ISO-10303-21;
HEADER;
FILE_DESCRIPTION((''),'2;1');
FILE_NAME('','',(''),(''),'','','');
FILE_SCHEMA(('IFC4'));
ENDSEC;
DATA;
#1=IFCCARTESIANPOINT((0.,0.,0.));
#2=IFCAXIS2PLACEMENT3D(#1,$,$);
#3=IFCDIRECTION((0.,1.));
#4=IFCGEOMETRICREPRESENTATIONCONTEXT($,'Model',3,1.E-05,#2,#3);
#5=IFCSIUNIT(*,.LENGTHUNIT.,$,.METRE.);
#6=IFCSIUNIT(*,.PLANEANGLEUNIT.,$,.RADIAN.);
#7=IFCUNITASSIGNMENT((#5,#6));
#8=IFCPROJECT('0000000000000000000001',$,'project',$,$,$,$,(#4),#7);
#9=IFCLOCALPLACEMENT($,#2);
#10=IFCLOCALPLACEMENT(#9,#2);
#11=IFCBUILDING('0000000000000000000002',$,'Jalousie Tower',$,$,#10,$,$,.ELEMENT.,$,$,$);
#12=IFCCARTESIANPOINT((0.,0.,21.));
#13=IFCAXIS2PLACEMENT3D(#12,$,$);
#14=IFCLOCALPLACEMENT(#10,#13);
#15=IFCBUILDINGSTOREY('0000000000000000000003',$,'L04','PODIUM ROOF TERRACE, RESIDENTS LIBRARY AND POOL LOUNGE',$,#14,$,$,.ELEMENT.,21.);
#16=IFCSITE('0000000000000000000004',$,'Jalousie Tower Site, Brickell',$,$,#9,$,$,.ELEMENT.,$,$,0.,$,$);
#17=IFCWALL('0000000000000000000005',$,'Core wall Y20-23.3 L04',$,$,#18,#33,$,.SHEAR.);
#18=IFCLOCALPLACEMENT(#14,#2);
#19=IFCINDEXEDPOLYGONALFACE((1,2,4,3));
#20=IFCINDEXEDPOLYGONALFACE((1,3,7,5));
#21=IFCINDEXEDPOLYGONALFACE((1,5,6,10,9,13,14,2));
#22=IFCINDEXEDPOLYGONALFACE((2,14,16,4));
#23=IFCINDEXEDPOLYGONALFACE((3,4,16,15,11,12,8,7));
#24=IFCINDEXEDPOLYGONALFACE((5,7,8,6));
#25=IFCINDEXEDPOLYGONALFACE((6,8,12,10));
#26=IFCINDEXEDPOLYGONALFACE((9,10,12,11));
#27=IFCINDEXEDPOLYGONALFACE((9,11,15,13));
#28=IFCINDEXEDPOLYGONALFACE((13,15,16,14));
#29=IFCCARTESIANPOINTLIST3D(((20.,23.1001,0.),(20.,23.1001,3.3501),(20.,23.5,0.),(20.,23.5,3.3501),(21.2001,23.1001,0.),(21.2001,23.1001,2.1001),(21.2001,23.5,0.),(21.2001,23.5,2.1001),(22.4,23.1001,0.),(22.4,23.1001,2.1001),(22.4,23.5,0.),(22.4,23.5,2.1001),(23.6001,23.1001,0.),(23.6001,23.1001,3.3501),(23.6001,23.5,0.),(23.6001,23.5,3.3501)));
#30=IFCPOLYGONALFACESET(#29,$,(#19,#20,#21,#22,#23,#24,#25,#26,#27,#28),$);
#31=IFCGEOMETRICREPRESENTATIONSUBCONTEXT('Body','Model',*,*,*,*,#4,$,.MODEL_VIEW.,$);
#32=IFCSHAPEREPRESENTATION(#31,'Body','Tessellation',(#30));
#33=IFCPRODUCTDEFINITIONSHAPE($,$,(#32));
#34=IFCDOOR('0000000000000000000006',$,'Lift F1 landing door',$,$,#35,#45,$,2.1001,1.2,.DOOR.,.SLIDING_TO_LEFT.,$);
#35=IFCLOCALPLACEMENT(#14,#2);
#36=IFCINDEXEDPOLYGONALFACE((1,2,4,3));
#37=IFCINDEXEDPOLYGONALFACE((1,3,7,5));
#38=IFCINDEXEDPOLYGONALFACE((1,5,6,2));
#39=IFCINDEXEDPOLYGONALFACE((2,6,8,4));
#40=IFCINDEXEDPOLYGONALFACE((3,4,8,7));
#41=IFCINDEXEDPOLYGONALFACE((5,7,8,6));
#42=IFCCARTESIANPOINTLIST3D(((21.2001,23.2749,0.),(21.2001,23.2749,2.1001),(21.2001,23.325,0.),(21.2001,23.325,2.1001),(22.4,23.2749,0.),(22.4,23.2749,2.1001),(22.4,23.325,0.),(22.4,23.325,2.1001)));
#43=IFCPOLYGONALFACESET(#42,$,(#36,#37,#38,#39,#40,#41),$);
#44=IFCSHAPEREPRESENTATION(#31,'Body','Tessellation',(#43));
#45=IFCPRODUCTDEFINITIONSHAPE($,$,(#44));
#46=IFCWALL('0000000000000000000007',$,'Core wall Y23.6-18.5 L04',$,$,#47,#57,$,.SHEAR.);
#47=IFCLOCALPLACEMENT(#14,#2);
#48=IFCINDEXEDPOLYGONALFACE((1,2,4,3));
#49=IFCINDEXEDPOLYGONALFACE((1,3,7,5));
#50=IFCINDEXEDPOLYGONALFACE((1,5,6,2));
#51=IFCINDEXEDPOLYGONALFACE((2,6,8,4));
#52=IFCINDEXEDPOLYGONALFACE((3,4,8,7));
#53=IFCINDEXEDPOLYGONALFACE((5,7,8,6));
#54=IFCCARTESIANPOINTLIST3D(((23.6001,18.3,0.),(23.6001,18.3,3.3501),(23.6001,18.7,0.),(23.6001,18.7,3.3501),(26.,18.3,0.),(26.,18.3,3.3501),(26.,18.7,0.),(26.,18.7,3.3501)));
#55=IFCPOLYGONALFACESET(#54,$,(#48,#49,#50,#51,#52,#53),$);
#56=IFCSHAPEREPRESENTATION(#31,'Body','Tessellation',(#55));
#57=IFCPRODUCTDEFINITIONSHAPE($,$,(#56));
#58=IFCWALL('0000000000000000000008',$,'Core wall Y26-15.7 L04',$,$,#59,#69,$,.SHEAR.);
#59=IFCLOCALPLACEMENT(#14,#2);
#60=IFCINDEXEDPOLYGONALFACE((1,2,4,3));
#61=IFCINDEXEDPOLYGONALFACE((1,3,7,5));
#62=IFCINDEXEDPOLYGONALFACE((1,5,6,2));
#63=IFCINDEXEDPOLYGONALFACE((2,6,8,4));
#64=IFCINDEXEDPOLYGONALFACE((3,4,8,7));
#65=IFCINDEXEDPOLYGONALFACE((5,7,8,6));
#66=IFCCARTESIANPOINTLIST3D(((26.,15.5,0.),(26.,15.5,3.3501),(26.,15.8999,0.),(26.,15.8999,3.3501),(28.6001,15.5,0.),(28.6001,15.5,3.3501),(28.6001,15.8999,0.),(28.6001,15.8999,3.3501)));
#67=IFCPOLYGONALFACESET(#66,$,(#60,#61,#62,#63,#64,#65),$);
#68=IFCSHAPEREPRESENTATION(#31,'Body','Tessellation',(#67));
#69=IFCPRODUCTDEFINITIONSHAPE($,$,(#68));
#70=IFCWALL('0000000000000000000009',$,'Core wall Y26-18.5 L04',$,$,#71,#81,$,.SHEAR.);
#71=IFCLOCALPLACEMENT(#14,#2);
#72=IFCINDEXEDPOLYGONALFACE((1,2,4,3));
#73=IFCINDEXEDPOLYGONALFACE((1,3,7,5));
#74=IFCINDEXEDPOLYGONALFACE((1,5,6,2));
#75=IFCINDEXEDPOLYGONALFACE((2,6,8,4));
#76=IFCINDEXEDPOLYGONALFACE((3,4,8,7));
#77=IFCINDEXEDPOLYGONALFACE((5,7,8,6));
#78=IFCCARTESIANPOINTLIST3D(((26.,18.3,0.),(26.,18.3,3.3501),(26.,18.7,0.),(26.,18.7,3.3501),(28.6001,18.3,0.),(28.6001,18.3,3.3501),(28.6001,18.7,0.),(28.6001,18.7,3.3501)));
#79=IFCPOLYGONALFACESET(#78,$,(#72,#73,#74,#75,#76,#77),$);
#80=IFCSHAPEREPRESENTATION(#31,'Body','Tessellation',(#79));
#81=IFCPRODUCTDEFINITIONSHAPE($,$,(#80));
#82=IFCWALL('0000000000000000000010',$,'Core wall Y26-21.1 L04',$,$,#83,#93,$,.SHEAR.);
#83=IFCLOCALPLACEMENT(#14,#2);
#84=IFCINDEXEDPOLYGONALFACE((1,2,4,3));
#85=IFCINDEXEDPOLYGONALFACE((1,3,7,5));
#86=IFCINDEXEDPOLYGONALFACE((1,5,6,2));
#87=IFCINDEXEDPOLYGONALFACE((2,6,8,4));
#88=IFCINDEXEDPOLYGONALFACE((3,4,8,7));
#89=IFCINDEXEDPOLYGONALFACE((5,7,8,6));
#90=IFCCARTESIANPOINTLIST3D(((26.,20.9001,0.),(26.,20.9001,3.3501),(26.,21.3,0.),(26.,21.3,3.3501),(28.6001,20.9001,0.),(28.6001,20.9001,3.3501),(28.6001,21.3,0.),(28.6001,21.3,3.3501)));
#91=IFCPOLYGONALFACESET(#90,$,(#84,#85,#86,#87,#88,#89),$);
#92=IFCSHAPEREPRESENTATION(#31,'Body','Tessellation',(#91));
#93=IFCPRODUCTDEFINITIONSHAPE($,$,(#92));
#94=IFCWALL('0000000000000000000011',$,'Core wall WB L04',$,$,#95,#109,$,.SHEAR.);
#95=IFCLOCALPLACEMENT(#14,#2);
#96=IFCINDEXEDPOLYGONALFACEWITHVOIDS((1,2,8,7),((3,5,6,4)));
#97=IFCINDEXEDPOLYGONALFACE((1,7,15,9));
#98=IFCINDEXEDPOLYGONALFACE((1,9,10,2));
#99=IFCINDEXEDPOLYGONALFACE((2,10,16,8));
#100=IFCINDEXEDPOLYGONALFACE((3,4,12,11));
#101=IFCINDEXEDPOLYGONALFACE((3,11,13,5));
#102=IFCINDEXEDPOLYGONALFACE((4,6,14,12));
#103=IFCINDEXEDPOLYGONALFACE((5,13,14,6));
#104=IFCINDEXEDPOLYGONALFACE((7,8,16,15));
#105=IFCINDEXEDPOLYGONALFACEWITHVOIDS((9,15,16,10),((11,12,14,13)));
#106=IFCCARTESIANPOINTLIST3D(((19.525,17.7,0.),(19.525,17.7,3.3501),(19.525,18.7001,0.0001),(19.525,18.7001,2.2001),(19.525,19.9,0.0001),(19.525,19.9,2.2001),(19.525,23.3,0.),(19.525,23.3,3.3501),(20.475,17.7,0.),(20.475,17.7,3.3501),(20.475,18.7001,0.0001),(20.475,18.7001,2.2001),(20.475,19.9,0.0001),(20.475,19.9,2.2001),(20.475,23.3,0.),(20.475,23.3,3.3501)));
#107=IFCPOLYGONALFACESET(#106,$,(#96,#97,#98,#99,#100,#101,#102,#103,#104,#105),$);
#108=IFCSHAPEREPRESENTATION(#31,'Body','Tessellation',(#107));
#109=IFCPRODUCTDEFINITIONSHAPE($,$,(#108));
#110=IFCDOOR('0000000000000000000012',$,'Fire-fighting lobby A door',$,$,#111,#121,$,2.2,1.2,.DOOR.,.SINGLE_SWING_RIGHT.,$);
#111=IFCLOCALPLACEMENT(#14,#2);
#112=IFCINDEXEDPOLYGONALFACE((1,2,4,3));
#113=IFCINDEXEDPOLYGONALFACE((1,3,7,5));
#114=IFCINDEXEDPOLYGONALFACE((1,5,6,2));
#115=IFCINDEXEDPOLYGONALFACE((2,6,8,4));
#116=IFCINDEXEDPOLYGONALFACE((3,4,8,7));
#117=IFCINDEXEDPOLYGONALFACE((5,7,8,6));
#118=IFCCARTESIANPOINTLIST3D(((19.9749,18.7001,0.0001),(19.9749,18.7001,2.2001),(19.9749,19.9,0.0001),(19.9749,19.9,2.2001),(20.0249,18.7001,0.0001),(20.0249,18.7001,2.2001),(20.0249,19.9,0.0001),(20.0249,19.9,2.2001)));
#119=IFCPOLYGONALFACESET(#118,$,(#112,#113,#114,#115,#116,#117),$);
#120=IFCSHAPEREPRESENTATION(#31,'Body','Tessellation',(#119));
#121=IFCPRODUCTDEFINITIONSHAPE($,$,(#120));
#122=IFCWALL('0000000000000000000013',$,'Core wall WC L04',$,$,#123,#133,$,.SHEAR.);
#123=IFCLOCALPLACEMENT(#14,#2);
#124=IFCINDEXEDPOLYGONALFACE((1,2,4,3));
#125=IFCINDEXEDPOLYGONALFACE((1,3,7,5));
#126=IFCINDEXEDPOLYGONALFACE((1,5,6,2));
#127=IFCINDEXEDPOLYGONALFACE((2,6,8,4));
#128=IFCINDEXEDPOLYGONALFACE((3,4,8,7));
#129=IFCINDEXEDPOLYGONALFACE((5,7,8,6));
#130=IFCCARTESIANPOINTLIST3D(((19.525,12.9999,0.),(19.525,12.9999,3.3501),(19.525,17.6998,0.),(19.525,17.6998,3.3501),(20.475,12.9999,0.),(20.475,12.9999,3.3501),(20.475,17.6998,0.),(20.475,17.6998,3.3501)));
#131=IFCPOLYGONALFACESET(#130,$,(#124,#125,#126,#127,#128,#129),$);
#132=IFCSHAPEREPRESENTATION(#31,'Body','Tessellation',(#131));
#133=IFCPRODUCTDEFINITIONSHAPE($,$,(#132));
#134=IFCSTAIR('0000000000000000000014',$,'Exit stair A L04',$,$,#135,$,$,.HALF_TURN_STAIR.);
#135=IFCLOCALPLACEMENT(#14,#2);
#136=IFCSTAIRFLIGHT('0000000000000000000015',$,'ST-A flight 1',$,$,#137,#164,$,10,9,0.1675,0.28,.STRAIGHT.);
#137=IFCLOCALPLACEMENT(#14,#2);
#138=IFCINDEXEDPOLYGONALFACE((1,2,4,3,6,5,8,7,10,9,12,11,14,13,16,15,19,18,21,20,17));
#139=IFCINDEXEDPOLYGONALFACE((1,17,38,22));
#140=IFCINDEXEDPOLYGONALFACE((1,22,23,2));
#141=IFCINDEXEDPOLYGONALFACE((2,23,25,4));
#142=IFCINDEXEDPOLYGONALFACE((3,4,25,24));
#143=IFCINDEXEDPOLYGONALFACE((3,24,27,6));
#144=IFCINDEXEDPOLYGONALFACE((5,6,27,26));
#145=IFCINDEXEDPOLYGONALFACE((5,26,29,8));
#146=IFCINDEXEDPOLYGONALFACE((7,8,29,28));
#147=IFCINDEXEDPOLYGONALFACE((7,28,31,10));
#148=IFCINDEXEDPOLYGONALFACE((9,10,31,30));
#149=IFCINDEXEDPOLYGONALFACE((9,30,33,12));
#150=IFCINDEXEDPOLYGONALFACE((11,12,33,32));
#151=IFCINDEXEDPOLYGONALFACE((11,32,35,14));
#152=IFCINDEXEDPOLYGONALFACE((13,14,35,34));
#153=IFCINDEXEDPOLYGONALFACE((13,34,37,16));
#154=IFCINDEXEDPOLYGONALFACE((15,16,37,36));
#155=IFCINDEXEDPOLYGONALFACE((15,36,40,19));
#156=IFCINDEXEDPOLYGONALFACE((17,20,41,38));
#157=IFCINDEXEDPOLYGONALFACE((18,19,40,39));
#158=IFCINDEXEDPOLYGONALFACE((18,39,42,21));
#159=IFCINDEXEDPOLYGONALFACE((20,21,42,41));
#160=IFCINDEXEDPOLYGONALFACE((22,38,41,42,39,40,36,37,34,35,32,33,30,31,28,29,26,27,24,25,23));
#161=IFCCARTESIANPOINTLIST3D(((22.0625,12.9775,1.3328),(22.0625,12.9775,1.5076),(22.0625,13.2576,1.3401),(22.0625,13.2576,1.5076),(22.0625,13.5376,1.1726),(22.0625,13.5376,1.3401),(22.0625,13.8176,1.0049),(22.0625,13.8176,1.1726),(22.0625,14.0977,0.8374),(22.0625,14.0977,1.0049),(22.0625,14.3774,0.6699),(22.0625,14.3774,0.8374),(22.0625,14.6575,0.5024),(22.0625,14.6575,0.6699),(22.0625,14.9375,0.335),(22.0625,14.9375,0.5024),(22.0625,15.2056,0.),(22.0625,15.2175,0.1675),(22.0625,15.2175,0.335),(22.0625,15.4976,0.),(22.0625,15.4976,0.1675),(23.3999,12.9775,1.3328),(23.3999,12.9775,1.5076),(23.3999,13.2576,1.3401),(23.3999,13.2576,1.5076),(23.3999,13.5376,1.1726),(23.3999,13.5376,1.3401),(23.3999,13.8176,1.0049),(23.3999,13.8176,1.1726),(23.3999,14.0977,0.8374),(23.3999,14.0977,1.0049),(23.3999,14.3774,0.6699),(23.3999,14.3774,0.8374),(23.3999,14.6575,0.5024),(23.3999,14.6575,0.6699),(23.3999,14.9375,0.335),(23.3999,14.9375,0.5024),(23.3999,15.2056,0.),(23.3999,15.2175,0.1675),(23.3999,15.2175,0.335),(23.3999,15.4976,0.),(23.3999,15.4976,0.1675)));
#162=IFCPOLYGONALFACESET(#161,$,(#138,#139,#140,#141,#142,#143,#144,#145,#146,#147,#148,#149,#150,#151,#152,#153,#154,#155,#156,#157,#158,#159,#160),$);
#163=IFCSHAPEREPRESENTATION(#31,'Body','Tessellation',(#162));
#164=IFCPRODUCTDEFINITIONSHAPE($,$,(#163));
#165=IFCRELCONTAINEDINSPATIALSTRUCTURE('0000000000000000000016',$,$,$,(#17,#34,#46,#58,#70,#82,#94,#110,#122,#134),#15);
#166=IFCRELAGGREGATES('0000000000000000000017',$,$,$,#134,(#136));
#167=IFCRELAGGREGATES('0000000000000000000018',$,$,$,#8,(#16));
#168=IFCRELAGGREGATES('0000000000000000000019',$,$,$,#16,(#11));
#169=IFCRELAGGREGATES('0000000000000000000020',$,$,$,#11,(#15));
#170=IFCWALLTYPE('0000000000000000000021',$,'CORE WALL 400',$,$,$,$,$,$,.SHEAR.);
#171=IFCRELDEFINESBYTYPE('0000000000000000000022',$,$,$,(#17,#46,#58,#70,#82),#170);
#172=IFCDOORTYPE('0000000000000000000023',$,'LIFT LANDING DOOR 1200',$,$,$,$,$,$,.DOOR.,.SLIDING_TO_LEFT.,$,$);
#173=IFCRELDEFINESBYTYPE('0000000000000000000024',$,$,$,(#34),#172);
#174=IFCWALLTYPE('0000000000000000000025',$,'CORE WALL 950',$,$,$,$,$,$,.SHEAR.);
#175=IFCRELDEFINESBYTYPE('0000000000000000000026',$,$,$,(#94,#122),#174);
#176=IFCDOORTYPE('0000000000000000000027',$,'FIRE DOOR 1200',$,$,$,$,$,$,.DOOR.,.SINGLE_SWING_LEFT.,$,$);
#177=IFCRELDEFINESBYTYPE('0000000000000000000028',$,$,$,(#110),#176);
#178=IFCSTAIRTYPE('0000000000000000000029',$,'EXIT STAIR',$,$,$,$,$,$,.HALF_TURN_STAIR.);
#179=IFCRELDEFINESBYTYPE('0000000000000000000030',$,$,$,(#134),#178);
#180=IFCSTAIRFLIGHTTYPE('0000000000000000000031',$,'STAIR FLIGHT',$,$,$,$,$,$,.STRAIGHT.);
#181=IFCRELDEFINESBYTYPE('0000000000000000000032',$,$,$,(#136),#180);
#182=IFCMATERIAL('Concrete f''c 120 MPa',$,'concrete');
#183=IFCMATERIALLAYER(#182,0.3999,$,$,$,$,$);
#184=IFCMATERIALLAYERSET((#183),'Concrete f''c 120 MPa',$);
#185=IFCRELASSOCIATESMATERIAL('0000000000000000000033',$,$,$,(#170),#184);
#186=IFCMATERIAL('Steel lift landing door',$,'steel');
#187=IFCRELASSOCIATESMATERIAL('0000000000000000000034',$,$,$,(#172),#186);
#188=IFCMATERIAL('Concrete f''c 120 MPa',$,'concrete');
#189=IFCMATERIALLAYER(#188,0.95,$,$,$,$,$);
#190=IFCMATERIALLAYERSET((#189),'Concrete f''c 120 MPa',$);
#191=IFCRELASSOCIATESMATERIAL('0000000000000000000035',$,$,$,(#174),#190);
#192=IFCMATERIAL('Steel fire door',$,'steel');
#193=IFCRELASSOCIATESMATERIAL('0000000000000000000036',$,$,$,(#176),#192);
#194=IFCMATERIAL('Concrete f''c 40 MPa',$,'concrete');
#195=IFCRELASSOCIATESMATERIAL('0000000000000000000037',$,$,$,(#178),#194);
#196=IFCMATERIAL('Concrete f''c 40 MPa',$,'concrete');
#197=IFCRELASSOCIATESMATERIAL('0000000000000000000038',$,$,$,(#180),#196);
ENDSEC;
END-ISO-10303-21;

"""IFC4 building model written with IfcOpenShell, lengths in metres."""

from ifc_helpers import new_model, si_unit, direction, frame, frame_2d, origin, place, context, subcontext, project, spatial, polyline, rectangle, outline, extrude, material, layer, layer_set, type_object, element, fill, aggregate, save


model = new_model("IFC4")

# Units and contexts
model_context = context("Model", 3, precision=1e-05, world=origin(), true_north=direction((0.0, 1.0)))
body_context = subcontext(model_context, "Body", "Model", "MODEL_VIEW")
ifc_project = project(units=[si_unit("LENGTHUNIT", "METRE"), si_unit("PLANEANGLEUNIT", "RADIAN")], contexts=[model_context])

# Site, building, storey
site_placement = place(None, origin())
site = spatial("IfcSite", under=ifc_project, at=site_placement, Name="Jalousie Tower Site, Brickell", CompositionType="ELEMENT", RefElevation=0.0)
building_placement = place(site_placement, origin())
building = spatial("IfcBuilding", under=site, at=building_placement, Name="Jalousie Tower", CompositionType="ELEMENT")
storey_placement = place(building_placement, frame((0.0, 0.0, 21.0)))
storey = spatial("IfcBuildingStorey", under=building, at=storey_placement, Name="L04", Description="PODIUM ROOF TERRACE, RESIDENTS LIBRARY AND POOL LOUNGE", CompositionType="ELEMENT", Elevation=21.0)

# Shared definitions
ifc_material_1 = material(Name="Concrete f'c 120 MPa", Category="concrete")
ifc_layer_1 = layer(ifc_material_1, 0.3999)
ifc_layer_set_1 = layer_set([ifc_layer_1], Name="Concrete f'c 120 MPa")
wall_type_1 = type_object("IfcWallType", Name="CORE WALL 400", PredefinedType="SHEAR", material=ifc_layer_set_1)

# Wall, opening, door
wall_1_placement = place(storey_placement, frame((20.0, 23.3, 0.0), z_axis=(0.0, 0.0, 1.0), x_axis=(1.0, 0.0, 0.0)))
wall_1 = element("IfcWall", 1, at=wall_1_placement, inside=storey, type_object=wall_type_1, Name="Core wall Y20-23.3 L04", PredefinedType="SHEAR", context=body_context, shape_type="SweptSolid", body=[
    extrude(rectangle(XDim=3.6001, YDim=0.3999, at=frame_2d((1.8, 0.0))), origin(), (0.0, 0.0, 1.0), 3.3501),
])
opening_1_placement = place(wall_1_placement, frame((1.2, 0.0, 0.0)))
opening_1 = element("IfcOpeningElement", 2, at=opening_1_placement, cuts=wall_1, PredefinedType="OPENING", context=body_context, shape_type="SweptSolid", body=[
    extrude(rectangle(XDim=1.2, YDim=2.1001, at=frame_2d((0.6001, 1.05))), frame((0.0, 0.21, 0.0), z_axis=(0.0, -1.0, 0.0), x_axis=(1.0, 0.0, 0.0)), (0.0, 0.0, 1.0), 0.4199),
])
ifc_material_2 = material(Name="Steel lift landing door", Category="steel")
door_type_1 = type_object("IfcDoorType", Name="LIFT LANDING DOOR 1200", OperationType="SLIDING_TO_LEFT", PredefinedType="DOOR", material=ifc_material_2)
door_1_placement = place(opening_1_placement, origin())
door_1 = element("IfcDoor", 3, at=door_1_placement, inside=storey, type_object=door_type_1, Name="Lift F1 landing door", OperationType="SLIDING_TO_LEFT", OverallHeight=2.1001, OverallWidth=1.2, PredefinedType="DOOR", context=body_context, shape_type="SweptSolid", body=[
    extrude(rectangle(XDim=1.2, YDim=2.1001, at=frame_2d((0.6001, 1.05))), frame((0.0, 0.0249, 0.0), z_axis=(0.0, -1.0, 0.0), x_axis=(1.0, 0.0, 0.0)), (0.0, 0.0, 1.0), 0.05),
])
fill(opening_1, door_1)

# Walls
wall_2_placement = place(storey_placement, frame((23.6001, 18.5, 0.0), z_axis=(0.0, 0.0, 1.0), x_axis=(1.0, 0.0, 0.0)))
element("IfcWall", 4, at=wall_2_placement, inside=storey, type_object=wall_type_1, Name="Core wall Y23.6-18.5 L04", PredefinedType="SHEAR", context=body_context, shape_type="SweptSolid", body=[
    extrude(rectangle(XDim=2.3999, YDim=0.3999, at=frame_2d((1.2, 0.0))), origin(), (0.0, 0.0, 1.0), 3.3501),
])
for number, where, z_axis, x_axis, name in (
    (5, (26.0, 15.7, 0.0), (0.0, 0.0, 1.0), (1.0, 0.0, 0.0), "Core wall Y26-15.7 L04"),
    (6, (26.0, 18.5, 0.0), (0.0, 0.0, 1.0), (1.0, 0.0, 0.0), "Core wall Y26-18.5 L04"),
    (7, (26.0, 21.1001, 0.0), (0.0, 0.0, 1.0), (1.0, 0.0, 0.0), "Core wall Y26-21.1 L04"),
):
    element("IfcWall", number, at=place(storey_placement, frame(where, z_axis=z_axis, x_axis=x_axis)), inside=storey, type_object=wall_type_1, Name=name, PredefinedType="SHEAR", context=body_context, shape_type="SweptSolid", body=[
        extrude(rectangle(XDim=2.6001, YDim=0.3999, at=frame_2d((1.3, 0.0))), origin(), (0.0, 0.0, 1.0), 3.3501),
    ])

# Wall, opening, door
ifc_material_3 = material(Name="Concrete f'c 120 MPa", Category="concrete")
ifc_layer_2 = layer(ifc_material_3, 0.95)
ifc_layer_set_2 = layer_set([ifc_layer_2], Name="Concrete f'c 120 MPa")
wall_type_2 = type_object("IfcWallType", Name="CORE WALL 950", PredefinedType="SHEAR", material=ifc_layer_set_2)
wall_3_placement = place(storey_placement, frame((20.0, 23.3, 0.0), z_axis=(0.0, 0.0, 1.0), x_axis=(0.0, -1.0, 0.0)))
wall_3 = element("IfcWall", 8, at=wall_3_placement, inside=storey, type_object=wall_type_2, Name="Core wall WB L04", PredefinedType="SHEAR", context=body_context, shape_type="SweptSolid", body=[
    extrude(rectangle(XDim=5.6001, YDim=0.95, at=frame_2d((2.8, 0.0))), origin(), (0.0, 0.0, 1.0), 3.3501),
])
opening_2_placement = place(wall_3_placement, frame((3.3999, 0.0, 0.0)))
opening_2 = element("IfcOpeningElement", 9, at=opening_2_placement, cuts=wall_3, PredefinedType="OPENING", context=body_context, shape_type="SweptSolid", body=[
    extrude(rectangle(XDim=1.2, YDim=2.2, at=frame_2d((0.6001, 1.1001))), frame((0.0, 0.4849, 0.0), z_axis=(0.0, -1.0, 0.0), x_axis=(1.0, 0.0, 0.0)), (0.0, 0.0, 1.0), 0.97),
])
ifc_material_4 = material(Name="Steel fire door", Category="steel")
door_type_2 = type_object("IfcDoorType", Name="FIRE DOOR 1200", OperationType="SINGLE_SWING_LEFT", PredefinedType="DOOR", material=ifc_material_4)
door_2_placement = place(opening_2_placement, origin())
door_2 = element("IfcDoor", 10, at=door_2_placement, inside=storey, type_object=door_type_2, Name="Fire-fighting lobby A door", OperationType="SINGLE_SWING_RIGHT", OverallHeight=2.2, OverallWidth=1.2, PredefinedType="DOOR", context=body_context, shape_type="SweptSolid", body=[
    extrude(rectangle(XDim=1.2, YDim=2.2, at=frame_2d((0.6001, 1.1001))), frame((0.0, 0.0249, 0.0), z_axis=(0.0, -1.0, 0.0), x_axis=(1.0, 0.0, 0.0)), (0.0, 0.0, 1.0), 0.05),
])
fill(opening_2, door_2)

# Wall
wall_4_placement = place(storey_placement, frame((20.0, 17.7, 0.0), z_axis=(0.0, 0.0, 1.0), x_axis=(0.0, -1.0, 0.0)))
element("IfcWall", 11, at=wall_4_placement, inside=storey, type_object=wall_type_2, Name="Core wall WC L04", PredefinedType="SHEAR", context=body_context, shape_type="SweptSolid", body=[
    extrude(rectangle(XDim=4.7, YDim=0.95, at=frame_2d((2.3501, 0.0))), origin(), (0.0, 0.0, 1.0), 3.3501),
])

# Stair, stair flight
ifc_material_5 = material(Name="Concrete f'c 40 MPa", Category="concrete")
stair_type = type_object("IfcStairType", Name="EXIT STAIR", PredefinedType="HALF_TURN_STAIR", material=ifc_material_5)
stair_placement = place(storey_placement, origin())
stair = element("IfcStair", 12, at=stair_placement, inside=storey, type_object=stair_type, Name="Exit stair A L04", PredefinedType="HALF_TURN_STAIR")
ifc_material_6 = material(Name="Concrete f'c 40 MPa", Category="concrete")
stair_flight_type = type_object("IfcStairFlightType", Name="STAIR FLIGHT", PredefinedType="STRAIGHT", material=ifc_material_6)
stair_flight_placement = place(storey_placement, frame((22.7312, 15.4976, 0.0), z_axis=(0.0, 0.0, 1.0), x_axis=(0.0, -1.0, 0.0)))
stair_flight = element("IfcStairFlight", 13, at=stair_flight_placement, type_object=stair_flight_type, Name="ST-A flight 1", NumberOfRisers=10, NumberOfTreads=9, PredefinedType="STRAIGHT", RiserHeight=0.1675, TreadLength=0.28, context=body_context, shape_type="SweptSolid", body=[
    extrude(outline(polyline([(0.0, 0.0), (0.0, 0.1675), (0.28, 0.1675), (0.28, 0.335), (0.5601, 0.335), (0.5601, 0.5024), (0.8401, 0.5024), (0.8401, 0.6699), (1.1201, 0.6699), (1.1201, 0.8374), (1.3999, 0.8374), (1.3999, 1.0049), (1.6799, 1.0049), (1.6799, 1.1726), (1.96, 1.1726), (1.96, 1.3401), (2.24, 1.3401), (2.24, 1.5076), (2.52, 1.5076), (2.52, 1.675), (2.52, 1.3328), (0.292, 0.0), (0.0, 0.0)])), frame((0.0, 0.6687, 0.0), z_axis=(0.0, -1.0, 0.0), x_axis=(1.0, 0.0, 0.0)), (0.0, 0.0, 1.0), 1.3374),
])
aggregate(stair, [stair_flight])

save(model, "model.ifc")
